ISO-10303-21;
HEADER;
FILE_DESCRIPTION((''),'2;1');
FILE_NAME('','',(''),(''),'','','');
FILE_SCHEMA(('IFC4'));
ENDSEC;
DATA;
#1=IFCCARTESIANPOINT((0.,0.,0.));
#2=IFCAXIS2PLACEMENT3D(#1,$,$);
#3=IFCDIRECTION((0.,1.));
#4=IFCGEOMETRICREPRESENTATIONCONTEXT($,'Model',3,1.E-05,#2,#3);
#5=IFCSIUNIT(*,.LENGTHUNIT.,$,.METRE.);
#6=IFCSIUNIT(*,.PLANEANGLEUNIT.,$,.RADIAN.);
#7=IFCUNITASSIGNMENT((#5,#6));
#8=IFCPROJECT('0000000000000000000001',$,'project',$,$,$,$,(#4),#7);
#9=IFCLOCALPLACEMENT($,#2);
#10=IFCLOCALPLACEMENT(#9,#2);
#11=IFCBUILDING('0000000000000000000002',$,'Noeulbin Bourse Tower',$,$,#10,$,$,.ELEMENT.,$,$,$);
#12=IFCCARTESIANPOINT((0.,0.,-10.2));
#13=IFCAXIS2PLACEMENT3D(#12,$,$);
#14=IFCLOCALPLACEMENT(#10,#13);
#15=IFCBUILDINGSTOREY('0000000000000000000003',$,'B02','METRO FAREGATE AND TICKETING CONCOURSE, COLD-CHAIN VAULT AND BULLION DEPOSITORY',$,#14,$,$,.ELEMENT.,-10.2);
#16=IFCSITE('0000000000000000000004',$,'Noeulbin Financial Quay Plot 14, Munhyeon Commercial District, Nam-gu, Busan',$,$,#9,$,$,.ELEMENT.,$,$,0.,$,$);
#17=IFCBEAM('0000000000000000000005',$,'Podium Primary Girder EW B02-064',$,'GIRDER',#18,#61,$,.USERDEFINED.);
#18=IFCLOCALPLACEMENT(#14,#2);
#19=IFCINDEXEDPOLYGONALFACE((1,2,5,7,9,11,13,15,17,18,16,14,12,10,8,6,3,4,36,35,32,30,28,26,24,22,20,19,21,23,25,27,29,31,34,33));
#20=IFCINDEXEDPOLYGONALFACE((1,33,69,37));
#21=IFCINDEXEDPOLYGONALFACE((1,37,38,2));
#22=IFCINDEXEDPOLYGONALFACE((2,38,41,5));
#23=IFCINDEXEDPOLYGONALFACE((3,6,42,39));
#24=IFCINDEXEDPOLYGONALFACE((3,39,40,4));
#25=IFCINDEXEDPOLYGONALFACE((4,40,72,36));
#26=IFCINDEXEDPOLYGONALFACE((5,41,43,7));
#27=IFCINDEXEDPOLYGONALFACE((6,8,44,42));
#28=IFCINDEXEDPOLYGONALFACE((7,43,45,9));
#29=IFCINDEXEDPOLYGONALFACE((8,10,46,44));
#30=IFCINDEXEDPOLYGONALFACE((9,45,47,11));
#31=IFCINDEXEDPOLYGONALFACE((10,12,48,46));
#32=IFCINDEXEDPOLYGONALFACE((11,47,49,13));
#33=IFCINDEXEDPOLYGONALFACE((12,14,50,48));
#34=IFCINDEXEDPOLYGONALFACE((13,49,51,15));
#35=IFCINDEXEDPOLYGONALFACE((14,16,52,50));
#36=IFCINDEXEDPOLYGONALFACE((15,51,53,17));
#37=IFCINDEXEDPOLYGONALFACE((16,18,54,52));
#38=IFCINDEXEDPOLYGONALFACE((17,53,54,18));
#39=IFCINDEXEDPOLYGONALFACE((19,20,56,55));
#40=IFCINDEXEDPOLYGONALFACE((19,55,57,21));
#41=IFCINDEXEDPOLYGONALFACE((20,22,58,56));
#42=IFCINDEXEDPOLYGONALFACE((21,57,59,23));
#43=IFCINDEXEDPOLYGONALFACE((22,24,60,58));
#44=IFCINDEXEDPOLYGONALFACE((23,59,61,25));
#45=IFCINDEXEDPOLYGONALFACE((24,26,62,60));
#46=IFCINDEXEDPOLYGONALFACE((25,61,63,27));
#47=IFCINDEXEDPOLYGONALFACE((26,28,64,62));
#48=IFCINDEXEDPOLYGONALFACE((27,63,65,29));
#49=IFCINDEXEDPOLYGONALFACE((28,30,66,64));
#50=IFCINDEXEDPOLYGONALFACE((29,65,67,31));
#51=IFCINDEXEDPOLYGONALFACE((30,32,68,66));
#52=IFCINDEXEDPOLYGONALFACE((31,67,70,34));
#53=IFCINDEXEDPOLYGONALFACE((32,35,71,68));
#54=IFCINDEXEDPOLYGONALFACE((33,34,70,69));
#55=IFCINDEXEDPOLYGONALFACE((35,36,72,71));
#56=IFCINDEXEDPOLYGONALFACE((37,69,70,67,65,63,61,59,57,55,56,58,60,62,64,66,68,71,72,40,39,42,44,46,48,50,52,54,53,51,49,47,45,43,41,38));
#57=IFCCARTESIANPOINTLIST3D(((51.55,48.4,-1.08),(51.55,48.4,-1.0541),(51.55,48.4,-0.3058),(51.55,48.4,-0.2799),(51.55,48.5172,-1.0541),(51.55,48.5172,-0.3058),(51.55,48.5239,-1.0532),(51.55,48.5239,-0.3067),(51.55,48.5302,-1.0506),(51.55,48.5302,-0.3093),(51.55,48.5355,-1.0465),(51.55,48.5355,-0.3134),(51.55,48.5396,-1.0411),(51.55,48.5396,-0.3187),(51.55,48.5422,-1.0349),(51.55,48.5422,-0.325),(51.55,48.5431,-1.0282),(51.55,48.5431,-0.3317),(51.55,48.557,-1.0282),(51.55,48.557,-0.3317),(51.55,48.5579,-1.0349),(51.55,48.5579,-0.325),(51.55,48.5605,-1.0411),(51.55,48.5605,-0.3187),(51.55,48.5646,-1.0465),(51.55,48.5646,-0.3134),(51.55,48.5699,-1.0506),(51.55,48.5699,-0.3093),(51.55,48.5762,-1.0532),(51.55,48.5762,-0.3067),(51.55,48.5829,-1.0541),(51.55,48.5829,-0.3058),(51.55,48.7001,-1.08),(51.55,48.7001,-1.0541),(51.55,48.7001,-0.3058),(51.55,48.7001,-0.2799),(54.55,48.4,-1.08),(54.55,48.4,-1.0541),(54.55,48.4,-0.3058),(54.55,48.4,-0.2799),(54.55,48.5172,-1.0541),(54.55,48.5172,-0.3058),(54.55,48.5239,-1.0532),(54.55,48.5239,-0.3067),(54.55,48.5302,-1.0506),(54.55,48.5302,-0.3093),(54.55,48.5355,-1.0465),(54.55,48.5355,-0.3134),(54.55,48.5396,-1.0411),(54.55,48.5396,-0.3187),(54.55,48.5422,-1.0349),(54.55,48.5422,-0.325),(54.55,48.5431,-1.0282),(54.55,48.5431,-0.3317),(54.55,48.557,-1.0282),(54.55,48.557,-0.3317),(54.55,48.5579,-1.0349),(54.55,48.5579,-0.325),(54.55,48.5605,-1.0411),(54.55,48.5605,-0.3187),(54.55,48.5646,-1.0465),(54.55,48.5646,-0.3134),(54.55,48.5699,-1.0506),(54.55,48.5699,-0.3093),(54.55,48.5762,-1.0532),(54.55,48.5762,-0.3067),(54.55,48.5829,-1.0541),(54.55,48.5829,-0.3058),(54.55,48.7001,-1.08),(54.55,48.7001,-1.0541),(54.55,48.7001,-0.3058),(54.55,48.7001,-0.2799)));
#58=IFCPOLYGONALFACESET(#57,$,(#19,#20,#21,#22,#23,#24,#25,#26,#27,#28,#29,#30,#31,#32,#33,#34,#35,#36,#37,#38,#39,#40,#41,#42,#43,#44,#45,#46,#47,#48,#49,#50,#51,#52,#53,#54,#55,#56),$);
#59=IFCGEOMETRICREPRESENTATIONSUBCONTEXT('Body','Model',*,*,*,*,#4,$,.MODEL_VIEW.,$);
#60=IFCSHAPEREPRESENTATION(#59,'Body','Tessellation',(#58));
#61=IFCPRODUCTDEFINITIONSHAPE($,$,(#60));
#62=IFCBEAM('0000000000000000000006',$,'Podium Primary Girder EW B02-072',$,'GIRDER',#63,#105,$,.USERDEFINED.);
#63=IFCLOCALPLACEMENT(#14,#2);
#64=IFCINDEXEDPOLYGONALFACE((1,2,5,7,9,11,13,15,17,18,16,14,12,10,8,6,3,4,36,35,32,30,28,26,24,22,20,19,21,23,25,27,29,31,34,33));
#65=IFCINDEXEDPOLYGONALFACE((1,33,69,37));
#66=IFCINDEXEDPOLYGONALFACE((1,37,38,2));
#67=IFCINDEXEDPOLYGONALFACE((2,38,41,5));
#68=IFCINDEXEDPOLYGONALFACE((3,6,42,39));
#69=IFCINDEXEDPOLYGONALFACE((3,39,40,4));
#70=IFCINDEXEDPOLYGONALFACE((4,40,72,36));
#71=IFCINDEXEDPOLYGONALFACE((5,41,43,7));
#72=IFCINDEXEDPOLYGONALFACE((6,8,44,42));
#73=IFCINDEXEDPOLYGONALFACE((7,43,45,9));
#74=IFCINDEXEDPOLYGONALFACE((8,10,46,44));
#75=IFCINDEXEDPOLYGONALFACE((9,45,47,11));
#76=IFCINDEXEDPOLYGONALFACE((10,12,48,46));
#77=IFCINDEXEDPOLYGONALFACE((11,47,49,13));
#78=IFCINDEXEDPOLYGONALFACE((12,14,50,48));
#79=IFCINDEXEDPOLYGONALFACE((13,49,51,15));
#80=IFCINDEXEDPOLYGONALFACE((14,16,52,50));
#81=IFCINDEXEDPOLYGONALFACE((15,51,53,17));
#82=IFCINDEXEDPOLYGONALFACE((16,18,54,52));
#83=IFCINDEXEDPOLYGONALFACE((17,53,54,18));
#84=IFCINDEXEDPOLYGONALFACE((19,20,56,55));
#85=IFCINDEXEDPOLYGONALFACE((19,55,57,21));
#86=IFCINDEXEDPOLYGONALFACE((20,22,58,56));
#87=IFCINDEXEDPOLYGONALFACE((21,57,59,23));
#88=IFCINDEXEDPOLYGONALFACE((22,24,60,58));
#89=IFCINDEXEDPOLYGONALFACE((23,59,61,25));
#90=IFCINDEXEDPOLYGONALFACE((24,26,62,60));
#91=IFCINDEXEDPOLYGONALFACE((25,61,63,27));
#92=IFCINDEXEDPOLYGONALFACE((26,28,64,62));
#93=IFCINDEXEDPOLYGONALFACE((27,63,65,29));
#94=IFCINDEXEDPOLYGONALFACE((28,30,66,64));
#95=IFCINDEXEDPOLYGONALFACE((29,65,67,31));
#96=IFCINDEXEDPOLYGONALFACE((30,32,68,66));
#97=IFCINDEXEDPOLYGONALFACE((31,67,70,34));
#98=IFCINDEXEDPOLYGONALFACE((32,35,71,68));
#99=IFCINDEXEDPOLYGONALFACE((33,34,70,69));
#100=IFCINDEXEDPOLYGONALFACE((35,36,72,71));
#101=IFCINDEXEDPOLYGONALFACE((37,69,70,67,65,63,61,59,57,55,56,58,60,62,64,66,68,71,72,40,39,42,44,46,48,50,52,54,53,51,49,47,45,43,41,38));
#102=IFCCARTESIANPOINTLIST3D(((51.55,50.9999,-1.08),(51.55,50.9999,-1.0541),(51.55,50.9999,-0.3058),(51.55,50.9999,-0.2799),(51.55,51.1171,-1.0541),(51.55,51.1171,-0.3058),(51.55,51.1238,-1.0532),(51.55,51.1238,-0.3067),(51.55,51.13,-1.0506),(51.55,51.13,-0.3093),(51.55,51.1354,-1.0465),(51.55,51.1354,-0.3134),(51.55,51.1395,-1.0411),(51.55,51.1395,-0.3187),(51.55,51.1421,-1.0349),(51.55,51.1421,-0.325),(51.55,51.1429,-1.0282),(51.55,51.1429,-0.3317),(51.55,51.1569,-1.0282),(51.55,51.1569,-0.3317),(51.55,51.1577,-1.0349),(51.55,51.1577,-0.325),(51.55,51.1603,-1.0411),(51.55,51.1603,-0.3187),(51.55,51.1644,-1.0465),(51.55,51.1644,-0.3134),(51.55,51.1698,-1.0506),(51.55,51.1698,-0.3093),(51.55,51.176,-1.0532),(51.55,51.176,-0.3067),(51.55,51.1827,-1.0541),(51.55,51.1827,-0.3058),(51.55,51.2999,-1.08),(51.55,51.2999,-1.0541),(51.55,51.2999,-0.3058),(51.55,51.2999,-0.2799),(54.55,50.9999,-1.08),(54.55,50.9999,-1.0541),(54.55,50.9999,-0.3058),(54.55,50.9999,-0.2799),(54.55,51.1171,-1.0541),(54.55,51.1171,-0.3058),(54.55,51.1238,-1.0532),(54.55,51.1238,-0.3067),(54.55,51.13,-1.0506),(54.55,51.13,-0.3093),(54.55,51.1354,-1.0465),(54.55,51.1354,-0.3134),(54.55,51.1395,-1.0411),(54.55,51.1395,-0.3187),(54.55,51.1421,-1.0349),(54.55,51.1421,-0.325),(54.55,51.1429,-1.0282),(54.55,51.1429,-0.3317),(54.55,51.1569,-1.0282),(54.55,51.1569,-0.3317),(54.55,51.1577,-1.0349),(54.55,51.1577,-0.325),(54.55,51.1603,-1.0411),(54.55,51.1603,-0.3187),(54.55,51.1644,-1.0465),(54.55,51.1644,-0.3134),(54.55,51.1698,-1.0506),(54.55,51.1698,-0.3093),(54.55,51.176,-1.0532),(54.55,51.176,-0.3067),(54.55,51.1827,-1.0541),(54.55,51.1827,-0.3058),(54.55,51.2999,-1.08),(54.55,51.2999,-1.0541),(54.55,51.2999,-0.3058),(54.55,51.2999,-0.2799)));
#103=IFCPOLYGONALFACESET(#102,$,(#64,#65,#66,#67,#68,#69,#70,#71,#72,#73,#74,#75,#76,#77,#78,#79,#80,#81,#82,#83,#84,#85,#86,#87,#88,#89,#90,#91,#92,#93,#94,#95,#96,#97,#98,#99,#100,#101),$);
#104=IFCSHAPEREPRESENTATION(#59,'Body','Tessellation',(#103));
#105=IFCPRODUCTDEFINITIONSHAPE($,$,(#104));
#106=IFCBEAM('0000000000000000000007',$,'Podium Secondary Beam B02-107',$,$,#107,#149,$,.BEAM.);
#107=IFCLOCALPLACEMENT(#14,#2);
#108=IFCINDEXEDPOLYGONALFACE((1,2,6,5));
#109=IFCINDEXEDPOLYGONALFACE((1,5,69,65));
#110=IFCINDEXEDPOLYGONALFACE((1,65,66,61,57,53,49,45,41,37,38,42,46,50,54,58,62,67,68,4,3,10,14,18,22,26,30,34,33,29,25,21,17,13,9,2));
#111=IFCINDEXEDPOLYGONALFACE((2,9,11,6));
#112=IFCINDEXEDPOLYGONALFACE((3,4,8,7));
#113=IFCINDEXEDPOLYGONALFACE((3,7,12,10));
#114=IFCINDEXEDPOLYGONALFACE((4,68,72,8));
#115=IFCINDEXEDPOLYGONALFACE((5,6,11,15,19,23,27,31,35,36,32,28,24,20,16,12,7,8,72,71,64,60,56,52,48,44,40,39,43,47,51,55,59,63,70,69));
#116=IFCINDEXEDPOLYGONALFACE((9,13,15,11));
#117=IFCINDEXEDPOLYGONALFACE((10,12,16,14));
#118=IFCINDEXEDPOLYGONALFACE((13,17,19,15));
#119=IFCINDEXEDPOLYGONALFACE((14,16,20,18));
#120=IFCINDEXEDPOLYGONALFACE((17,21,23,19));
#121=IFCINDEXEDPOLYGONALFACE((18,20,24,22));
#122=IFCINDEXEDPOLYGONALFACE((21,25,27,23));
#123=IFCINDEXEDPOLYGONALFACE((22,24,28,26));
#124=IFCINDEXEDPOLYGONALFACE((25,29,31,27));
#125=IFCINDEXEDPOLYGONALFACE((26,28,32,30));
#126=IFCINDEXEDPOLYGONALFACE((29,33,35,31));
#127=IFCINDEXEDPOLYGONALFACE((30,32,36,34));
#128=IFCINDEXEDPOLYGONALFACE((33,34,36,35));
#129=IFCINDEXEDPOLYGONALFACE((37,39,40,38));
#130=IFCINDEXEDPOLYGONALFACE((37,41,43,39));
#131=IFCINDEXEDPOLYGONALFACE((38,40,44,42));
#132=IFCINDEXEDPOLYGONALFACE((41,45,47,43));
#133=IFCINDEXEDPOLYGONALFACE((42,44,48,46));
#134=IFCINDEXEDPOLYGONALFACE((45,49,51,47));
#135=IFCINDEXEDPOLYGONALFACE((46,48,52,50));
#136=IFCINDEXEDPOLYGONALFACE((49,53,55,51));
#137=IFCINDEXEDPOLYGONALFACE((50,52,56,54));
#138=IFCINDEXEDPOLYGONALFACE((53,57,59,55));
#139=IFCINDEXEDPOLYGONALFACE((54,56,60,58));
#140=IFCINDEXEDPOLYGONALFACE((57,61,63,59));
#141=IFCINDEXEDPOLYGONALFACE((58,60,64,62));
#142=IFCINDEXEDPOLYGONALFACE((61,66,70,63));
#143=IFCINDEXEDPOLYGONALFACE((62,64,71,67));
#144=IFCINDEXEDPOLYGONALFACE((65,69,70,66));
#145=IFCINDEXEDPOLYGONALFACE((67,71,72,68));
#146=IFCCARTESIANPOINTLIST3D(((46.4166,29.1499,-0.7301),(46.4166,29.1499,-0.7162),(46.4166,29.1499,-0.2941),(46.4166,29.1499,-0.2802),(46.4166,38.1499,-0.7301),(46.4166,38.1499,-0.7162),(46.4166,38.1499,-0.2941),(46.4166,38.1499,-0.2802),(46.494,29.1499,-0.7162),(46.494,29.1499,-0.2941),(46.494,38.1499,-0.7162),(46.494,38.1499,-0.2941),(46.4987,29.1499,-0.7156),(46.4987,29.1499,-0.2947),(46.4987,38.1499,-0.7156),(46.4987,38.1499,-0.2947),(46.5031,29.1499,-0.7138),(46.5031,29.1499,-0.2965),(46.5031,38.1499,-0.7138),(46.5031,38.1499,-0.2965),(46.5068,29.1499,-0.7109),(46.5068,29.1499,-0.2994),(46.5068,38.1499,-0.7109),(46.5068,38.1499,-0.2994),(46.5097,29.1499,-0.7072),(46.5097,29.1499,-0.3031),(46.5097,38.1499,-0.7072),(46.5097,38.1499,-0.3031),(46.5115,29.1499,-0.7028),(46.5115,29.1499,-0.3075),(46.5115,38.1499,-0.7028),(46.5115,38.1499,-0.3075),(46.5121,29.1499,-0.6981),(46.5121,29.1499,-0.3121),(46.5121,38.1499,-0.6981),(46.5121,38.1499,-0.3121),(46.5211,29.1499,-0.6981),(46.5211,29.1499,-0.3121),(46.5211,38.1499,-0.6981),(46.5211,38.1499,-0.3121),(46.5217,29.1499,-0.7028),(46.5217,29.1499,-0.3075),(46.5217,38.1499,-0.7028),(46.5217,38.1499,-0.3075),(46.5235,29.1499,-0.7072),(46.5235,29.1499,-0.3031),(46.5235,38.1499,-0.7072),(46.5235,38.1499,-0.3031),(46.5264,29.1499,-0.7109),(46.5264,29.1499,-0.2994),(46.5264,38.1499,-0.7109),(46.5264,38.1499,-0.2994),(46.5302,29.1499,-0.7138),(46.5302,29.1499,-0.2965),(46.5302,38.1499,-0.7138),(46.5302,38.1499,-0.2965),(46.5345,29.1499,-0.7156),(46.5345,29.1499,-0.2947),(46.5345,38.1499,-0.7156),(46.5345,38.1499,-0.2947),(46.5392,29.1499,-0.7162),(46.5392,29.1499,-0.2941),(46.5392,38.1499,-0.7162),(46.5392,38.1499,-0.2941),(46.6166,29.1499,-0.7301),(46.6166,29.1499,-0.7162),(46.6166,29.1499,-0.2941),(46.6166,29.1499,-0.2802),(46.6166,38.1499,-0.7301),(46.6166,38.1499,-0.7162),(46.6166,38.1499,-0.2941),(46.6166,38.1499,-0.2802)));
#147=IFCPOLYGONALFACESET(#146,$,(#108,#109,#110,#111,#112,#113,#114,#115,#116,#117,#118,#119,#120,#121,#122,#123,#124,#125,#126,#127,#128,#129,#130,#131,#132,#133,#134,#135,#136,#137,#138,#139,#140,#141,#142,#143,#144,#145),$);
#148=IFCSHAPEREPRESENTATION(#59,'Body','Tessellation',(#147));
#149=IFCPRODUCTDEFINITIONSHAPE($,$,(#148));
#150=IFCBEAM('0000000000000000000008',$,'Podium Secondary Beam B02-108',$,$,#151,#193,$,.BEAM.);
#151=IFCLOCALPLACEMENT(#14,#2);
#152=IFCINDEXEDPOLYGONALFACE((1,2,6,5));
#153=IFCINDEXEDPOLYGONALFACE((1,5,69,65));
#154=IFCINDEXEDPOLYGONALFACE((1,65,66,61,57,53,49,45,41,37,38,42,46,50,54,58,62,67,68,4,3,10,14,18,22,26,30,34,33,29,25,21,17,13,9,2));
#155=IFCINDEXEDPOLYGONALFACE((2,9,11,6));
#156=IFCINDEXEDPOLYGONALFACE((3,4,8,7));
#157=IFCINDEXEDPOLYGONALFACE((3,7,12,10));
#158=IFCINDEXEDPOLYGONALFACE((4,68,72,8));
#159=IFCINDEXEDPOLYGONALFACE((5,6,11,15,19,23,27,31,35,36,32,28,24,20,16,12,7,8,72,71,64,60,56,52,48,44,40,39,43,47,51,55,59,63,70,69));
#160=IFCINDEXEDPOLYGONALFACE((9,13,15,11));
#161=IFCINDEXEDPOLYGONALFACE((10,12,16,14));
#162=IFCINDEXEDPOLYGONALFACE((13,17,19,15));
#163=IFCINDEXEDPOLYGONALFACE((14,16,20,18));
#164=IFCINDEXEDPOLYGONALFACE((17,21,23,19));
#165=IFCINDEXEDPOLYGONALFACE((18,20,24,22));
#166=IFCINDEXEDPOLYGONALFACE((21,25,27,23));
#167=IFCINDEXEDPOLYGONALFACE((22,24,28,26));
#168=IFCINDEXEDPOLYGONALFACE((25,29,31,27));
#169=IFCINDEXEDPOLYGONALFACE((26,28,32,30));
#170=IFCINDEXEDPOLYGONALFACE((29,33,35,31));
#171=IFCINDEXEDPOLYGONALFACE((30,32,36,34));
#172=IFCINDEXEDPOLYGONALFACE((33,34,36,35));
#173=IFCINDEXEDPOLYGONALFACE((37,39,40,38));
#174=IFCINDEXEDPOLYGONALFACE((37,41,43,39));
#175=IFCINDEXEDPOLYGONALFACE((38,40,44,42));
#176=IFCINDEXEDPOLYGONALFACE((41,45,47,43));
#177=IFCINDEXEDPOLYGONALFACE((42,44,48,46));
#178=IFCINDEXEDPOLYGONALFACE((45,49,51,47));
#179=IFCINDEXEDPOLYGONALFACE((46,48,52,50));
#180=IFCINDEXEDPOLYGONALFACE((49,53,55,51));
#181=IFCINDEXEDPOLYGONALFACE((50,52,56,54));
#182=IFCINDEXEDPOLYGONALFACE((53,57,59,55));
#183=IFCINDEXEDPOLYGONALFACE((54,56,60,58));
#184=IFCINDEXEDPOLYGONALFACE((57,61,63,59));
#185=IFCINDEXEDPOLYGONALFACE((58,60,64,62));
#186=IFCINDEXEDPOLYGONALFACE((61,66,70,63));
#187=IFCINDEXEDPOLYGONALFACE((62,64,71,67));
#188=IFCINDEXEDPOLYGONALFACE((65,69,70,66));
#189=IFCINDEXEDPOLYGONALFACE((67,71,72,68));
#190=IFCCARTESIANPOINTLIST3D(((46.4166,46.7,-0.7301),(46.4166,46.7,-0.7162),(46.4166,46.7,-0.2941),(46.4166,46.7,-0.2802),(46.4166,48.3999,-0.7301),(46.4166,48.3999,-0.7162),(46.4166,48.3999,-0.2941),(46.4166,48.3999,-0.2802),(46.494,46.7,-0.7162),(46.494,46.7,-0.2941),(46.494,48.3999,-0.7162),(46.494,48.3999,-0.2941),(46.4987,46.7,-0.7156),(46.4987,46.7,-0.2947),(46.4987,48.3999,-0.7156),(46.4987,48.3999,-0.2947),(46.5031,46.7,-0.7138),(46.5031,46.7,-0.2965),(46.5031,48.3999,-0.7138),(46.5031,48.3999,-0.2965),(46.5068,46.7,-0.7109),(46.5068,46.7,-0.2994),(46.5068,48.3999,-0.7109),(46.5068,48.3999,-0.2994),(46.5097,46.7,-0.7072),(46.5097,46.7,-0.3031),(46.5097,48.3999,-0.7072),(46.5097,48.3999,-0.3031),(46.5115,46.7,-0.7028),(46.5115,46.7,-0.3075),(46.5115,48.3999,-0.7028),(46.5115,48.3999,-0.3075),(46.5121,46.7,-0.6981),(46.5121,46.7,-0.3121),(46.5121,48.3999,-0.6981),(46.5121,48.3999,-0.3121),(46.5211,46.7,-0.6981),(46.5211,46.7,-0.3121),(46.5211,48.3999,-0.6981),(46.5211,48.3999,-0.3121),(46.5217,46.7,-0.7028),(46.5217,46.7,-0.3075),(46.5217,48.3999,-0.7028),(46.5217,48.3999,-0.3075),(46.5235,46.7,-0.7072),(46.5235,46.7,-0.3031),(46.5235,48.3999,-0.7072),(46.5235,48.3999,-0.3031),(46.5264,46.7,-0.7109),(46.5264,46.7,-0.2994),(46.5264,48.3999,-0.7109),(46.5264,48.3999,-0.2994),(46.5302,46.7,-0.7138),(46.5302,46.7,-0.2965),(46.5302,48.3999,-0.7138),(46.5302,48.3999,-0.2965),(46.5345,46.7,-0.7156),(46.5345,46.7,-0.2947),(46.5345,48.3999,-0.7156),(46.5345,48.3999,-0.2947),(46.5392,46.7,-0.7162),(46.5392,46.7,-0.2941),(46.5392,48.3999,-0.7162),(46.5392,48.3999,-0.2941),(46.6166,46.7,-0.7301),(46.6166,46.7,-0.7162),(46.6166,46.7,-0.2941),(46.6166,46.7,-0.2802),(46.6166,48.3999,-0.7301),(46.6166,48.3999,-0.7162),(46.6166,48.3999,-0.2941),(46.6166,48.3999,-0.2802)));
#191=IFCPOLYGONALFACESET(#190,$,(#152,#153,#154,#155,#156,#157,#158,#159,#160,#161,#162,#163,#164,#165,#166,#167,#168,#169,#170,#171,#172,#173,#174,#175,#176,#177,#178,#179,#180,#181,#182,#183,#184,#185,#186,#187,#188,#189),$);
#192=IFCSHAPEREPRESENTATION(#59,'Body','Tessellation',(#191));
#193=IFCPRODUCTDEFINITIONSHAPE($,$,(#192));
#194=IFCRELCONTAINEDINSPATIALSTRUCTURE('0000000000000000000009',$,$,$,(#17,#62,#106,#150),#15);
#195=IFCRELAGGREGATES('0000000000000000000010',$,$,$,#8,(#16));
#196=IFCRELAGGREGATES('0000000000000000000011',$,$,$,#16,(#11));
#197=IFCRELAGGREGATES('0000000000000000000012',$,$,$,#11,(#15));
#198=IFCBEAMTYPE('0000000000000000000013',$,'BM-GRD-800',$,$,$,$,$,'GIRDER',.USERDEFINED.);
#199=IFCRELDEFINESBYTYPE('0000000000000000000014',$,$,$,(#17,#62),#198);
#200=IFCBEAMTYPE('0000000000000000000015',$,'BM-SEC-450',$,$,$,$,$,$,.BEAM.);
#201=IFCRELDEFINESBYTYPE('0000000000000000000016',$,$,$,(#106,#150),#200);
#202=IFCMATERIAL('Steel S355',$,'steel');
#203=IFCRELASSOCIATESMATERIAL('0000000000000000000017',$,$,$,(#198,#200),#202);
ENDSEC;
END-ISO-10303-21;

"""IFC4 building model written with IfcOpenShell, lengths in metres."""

from ifc_helpers import new_model, si_unit, direction, frame, origin, origin_2d, place, context, subcontext, project, spatial, i_section, extrude, material, material_profile, profile_set, type_object, element, save


model = new_model("IFC4")

# Units and contexts
model_context = context("Model", 3, precision=1e-05, world=origin(), true_north=direction((0.0, 1.0)))
body_context = subcontext(model_context, "Body", "Model", "MODEL_VIEW")
ifc_project = project(units=[si_unit("LENGTHUNIT", "METRE"), si_unit("PLANEANGLEUNIT", "RADIAN")], contexts=[model_context])

# Site, building, storey
site_placement = place(None, origin())
site = spatial("IfcSite", under=ifc_project, at=site_placement, Name="Noeulbin Financial Quay Plot 14, Munhyeon Commercial District, Nam-gu, Busan", CompositionType="ELEMENT", RefElevation=0.0)
building_placement = place(site_placement, origin())
building = spatial("IfcBuilding", under=site, at=building_placement, Name="Noeulbin Bourse Tower", CompositionType="ELEMENT")
storey_placement = place(building_placement, frame((0.0, 0.0, -10.2)))
storey = spatial("IfcBuildingStorey", under=building, at=storey_placement, Name="B02", Description="METRO FAREGATE AND TICKETING CONCOURSE, COLD-CHAIN VAULT AND BULLION DEPOSITORY", CompositionType="ELEMENT", Elevation=-10.2)

# Beams
ifc_material_1 = material(Name="Steel S355", Category="steel")
ifc_material_profile_1 = material_profile(ifc_material_1, i_section(OverallWidth=0.3, OverallDepth=0.8, WebThickness=0.0139, FlangeThickness=0.0259, FilletRadius=0.0259, at=origin_2d()), Name="H-800x300x14x26", Category="LoadBearing")
ifc_profile_set_1 = profile_set([ifc_material_profile_1], Name="Steel S355")
beam_type_1 = type_object("IfcBeamType", Name="BM-GRD-800", ElementType="GIRDER", PredefinedType="USERDEFINED", material=ifc_profile_set_1)
for number, where, z_axis, x_axis, name in (
    (1, (51.55, 48.55, -0.6799), (1.0, 0.0, 0.0), (0.0, 1.0, 0.0), "Podium Primary Girder EW B02-064"),
    (2, (51.55, 51.1499, -0.6799), (1.0, 0.0, 0.0), (0.0, 1.0, 0.0), "Podium Primary Girder EW B02-072"),
):
    element("IfcBeam", number, at=place(storey_placement, frame(where, z_axis=z_axis, x_axis=x_axis)), inside=storey, type_object=beam_type_1, Name=name, ObjectType="GIRDER", PredefinedType="USERDEFINED", context=body_context, shape_type="SweptSolid", body=[
        extrude(i_section(OverallWidth=0.3, OverallDepth=0.8, WebThickness=0.0139, FlangeThickness=0.0259, FilletRadius=0.0259, at=origin_2d()), origin(), (0.0, 0.0, 1.0), 3.0),
    ])
ifc_material_profile_2 = material_profile(ifc_material_1, i_section(OverallWidth=0.2, OverallDepth=0.45, WebThickness=0.009, FlangeThickness=0.0139, FilletRadius=0.0181, at=origin_2d()), Name="H-450x200x9x14", Category="LoadBearing")
ifc_profile_set_2 = profile_set([ifc_material_profile_2], Name="Steel S355")
beam_type_2 = type_object("IfcBeamType", Name="BM-SEC-450", PredefinedType="BEAM", material=ifc_profile_set_2)
beam_1_placement = place(storey_placement, frame((46.5166, 29.1499, -0.5051), z_axis=(0.0, 1.0, 0.0), x_axis=(-1.0, 0.0, 0.0)))
element("IfcBeam", 3, at=beam_1_placement, inside=storey, type_object=beam_type_2, Name="Podium Secondary Beam B02-107", PredefinedType="BEAM", context=body_context, shape_type="SweptSolid", body=[
    extrude(i_section(OverallWidth=0.2, OverallDepth=0.45, WebThickness=0.009, FlangeThickness=0.0139, FilletRadius=0.0181, at=origin_2d()), origin(), (0.0, 0.0, 1.0), 9.0),
])
beam_2_placement = place(storey_placement, frame((46.5166, 46.7, -0.5051), z_axis=(0.0, 1.0, 0.0), x_axis=(-1.0, 0.0, 0.0)))
element("IfcBeam", 4, at=beam_2_placement, inside=storey, type_object=beam_type_2, Name="Podium Secondary Beam B02-108", PredefinedType="BEAM", context=body_context, shape_type="SweptSolid", body=[
    extrude(i_section(OverallWidth=0.2, OverallDepth=0.45, WebThickness=0.009, FlangeThickness=0.0139, FilletRadius=0.0181, at=origin_2d()), origin(), (0.0, 0.0, 1.0), 1.7),
])

save(model, "model.ifc")
